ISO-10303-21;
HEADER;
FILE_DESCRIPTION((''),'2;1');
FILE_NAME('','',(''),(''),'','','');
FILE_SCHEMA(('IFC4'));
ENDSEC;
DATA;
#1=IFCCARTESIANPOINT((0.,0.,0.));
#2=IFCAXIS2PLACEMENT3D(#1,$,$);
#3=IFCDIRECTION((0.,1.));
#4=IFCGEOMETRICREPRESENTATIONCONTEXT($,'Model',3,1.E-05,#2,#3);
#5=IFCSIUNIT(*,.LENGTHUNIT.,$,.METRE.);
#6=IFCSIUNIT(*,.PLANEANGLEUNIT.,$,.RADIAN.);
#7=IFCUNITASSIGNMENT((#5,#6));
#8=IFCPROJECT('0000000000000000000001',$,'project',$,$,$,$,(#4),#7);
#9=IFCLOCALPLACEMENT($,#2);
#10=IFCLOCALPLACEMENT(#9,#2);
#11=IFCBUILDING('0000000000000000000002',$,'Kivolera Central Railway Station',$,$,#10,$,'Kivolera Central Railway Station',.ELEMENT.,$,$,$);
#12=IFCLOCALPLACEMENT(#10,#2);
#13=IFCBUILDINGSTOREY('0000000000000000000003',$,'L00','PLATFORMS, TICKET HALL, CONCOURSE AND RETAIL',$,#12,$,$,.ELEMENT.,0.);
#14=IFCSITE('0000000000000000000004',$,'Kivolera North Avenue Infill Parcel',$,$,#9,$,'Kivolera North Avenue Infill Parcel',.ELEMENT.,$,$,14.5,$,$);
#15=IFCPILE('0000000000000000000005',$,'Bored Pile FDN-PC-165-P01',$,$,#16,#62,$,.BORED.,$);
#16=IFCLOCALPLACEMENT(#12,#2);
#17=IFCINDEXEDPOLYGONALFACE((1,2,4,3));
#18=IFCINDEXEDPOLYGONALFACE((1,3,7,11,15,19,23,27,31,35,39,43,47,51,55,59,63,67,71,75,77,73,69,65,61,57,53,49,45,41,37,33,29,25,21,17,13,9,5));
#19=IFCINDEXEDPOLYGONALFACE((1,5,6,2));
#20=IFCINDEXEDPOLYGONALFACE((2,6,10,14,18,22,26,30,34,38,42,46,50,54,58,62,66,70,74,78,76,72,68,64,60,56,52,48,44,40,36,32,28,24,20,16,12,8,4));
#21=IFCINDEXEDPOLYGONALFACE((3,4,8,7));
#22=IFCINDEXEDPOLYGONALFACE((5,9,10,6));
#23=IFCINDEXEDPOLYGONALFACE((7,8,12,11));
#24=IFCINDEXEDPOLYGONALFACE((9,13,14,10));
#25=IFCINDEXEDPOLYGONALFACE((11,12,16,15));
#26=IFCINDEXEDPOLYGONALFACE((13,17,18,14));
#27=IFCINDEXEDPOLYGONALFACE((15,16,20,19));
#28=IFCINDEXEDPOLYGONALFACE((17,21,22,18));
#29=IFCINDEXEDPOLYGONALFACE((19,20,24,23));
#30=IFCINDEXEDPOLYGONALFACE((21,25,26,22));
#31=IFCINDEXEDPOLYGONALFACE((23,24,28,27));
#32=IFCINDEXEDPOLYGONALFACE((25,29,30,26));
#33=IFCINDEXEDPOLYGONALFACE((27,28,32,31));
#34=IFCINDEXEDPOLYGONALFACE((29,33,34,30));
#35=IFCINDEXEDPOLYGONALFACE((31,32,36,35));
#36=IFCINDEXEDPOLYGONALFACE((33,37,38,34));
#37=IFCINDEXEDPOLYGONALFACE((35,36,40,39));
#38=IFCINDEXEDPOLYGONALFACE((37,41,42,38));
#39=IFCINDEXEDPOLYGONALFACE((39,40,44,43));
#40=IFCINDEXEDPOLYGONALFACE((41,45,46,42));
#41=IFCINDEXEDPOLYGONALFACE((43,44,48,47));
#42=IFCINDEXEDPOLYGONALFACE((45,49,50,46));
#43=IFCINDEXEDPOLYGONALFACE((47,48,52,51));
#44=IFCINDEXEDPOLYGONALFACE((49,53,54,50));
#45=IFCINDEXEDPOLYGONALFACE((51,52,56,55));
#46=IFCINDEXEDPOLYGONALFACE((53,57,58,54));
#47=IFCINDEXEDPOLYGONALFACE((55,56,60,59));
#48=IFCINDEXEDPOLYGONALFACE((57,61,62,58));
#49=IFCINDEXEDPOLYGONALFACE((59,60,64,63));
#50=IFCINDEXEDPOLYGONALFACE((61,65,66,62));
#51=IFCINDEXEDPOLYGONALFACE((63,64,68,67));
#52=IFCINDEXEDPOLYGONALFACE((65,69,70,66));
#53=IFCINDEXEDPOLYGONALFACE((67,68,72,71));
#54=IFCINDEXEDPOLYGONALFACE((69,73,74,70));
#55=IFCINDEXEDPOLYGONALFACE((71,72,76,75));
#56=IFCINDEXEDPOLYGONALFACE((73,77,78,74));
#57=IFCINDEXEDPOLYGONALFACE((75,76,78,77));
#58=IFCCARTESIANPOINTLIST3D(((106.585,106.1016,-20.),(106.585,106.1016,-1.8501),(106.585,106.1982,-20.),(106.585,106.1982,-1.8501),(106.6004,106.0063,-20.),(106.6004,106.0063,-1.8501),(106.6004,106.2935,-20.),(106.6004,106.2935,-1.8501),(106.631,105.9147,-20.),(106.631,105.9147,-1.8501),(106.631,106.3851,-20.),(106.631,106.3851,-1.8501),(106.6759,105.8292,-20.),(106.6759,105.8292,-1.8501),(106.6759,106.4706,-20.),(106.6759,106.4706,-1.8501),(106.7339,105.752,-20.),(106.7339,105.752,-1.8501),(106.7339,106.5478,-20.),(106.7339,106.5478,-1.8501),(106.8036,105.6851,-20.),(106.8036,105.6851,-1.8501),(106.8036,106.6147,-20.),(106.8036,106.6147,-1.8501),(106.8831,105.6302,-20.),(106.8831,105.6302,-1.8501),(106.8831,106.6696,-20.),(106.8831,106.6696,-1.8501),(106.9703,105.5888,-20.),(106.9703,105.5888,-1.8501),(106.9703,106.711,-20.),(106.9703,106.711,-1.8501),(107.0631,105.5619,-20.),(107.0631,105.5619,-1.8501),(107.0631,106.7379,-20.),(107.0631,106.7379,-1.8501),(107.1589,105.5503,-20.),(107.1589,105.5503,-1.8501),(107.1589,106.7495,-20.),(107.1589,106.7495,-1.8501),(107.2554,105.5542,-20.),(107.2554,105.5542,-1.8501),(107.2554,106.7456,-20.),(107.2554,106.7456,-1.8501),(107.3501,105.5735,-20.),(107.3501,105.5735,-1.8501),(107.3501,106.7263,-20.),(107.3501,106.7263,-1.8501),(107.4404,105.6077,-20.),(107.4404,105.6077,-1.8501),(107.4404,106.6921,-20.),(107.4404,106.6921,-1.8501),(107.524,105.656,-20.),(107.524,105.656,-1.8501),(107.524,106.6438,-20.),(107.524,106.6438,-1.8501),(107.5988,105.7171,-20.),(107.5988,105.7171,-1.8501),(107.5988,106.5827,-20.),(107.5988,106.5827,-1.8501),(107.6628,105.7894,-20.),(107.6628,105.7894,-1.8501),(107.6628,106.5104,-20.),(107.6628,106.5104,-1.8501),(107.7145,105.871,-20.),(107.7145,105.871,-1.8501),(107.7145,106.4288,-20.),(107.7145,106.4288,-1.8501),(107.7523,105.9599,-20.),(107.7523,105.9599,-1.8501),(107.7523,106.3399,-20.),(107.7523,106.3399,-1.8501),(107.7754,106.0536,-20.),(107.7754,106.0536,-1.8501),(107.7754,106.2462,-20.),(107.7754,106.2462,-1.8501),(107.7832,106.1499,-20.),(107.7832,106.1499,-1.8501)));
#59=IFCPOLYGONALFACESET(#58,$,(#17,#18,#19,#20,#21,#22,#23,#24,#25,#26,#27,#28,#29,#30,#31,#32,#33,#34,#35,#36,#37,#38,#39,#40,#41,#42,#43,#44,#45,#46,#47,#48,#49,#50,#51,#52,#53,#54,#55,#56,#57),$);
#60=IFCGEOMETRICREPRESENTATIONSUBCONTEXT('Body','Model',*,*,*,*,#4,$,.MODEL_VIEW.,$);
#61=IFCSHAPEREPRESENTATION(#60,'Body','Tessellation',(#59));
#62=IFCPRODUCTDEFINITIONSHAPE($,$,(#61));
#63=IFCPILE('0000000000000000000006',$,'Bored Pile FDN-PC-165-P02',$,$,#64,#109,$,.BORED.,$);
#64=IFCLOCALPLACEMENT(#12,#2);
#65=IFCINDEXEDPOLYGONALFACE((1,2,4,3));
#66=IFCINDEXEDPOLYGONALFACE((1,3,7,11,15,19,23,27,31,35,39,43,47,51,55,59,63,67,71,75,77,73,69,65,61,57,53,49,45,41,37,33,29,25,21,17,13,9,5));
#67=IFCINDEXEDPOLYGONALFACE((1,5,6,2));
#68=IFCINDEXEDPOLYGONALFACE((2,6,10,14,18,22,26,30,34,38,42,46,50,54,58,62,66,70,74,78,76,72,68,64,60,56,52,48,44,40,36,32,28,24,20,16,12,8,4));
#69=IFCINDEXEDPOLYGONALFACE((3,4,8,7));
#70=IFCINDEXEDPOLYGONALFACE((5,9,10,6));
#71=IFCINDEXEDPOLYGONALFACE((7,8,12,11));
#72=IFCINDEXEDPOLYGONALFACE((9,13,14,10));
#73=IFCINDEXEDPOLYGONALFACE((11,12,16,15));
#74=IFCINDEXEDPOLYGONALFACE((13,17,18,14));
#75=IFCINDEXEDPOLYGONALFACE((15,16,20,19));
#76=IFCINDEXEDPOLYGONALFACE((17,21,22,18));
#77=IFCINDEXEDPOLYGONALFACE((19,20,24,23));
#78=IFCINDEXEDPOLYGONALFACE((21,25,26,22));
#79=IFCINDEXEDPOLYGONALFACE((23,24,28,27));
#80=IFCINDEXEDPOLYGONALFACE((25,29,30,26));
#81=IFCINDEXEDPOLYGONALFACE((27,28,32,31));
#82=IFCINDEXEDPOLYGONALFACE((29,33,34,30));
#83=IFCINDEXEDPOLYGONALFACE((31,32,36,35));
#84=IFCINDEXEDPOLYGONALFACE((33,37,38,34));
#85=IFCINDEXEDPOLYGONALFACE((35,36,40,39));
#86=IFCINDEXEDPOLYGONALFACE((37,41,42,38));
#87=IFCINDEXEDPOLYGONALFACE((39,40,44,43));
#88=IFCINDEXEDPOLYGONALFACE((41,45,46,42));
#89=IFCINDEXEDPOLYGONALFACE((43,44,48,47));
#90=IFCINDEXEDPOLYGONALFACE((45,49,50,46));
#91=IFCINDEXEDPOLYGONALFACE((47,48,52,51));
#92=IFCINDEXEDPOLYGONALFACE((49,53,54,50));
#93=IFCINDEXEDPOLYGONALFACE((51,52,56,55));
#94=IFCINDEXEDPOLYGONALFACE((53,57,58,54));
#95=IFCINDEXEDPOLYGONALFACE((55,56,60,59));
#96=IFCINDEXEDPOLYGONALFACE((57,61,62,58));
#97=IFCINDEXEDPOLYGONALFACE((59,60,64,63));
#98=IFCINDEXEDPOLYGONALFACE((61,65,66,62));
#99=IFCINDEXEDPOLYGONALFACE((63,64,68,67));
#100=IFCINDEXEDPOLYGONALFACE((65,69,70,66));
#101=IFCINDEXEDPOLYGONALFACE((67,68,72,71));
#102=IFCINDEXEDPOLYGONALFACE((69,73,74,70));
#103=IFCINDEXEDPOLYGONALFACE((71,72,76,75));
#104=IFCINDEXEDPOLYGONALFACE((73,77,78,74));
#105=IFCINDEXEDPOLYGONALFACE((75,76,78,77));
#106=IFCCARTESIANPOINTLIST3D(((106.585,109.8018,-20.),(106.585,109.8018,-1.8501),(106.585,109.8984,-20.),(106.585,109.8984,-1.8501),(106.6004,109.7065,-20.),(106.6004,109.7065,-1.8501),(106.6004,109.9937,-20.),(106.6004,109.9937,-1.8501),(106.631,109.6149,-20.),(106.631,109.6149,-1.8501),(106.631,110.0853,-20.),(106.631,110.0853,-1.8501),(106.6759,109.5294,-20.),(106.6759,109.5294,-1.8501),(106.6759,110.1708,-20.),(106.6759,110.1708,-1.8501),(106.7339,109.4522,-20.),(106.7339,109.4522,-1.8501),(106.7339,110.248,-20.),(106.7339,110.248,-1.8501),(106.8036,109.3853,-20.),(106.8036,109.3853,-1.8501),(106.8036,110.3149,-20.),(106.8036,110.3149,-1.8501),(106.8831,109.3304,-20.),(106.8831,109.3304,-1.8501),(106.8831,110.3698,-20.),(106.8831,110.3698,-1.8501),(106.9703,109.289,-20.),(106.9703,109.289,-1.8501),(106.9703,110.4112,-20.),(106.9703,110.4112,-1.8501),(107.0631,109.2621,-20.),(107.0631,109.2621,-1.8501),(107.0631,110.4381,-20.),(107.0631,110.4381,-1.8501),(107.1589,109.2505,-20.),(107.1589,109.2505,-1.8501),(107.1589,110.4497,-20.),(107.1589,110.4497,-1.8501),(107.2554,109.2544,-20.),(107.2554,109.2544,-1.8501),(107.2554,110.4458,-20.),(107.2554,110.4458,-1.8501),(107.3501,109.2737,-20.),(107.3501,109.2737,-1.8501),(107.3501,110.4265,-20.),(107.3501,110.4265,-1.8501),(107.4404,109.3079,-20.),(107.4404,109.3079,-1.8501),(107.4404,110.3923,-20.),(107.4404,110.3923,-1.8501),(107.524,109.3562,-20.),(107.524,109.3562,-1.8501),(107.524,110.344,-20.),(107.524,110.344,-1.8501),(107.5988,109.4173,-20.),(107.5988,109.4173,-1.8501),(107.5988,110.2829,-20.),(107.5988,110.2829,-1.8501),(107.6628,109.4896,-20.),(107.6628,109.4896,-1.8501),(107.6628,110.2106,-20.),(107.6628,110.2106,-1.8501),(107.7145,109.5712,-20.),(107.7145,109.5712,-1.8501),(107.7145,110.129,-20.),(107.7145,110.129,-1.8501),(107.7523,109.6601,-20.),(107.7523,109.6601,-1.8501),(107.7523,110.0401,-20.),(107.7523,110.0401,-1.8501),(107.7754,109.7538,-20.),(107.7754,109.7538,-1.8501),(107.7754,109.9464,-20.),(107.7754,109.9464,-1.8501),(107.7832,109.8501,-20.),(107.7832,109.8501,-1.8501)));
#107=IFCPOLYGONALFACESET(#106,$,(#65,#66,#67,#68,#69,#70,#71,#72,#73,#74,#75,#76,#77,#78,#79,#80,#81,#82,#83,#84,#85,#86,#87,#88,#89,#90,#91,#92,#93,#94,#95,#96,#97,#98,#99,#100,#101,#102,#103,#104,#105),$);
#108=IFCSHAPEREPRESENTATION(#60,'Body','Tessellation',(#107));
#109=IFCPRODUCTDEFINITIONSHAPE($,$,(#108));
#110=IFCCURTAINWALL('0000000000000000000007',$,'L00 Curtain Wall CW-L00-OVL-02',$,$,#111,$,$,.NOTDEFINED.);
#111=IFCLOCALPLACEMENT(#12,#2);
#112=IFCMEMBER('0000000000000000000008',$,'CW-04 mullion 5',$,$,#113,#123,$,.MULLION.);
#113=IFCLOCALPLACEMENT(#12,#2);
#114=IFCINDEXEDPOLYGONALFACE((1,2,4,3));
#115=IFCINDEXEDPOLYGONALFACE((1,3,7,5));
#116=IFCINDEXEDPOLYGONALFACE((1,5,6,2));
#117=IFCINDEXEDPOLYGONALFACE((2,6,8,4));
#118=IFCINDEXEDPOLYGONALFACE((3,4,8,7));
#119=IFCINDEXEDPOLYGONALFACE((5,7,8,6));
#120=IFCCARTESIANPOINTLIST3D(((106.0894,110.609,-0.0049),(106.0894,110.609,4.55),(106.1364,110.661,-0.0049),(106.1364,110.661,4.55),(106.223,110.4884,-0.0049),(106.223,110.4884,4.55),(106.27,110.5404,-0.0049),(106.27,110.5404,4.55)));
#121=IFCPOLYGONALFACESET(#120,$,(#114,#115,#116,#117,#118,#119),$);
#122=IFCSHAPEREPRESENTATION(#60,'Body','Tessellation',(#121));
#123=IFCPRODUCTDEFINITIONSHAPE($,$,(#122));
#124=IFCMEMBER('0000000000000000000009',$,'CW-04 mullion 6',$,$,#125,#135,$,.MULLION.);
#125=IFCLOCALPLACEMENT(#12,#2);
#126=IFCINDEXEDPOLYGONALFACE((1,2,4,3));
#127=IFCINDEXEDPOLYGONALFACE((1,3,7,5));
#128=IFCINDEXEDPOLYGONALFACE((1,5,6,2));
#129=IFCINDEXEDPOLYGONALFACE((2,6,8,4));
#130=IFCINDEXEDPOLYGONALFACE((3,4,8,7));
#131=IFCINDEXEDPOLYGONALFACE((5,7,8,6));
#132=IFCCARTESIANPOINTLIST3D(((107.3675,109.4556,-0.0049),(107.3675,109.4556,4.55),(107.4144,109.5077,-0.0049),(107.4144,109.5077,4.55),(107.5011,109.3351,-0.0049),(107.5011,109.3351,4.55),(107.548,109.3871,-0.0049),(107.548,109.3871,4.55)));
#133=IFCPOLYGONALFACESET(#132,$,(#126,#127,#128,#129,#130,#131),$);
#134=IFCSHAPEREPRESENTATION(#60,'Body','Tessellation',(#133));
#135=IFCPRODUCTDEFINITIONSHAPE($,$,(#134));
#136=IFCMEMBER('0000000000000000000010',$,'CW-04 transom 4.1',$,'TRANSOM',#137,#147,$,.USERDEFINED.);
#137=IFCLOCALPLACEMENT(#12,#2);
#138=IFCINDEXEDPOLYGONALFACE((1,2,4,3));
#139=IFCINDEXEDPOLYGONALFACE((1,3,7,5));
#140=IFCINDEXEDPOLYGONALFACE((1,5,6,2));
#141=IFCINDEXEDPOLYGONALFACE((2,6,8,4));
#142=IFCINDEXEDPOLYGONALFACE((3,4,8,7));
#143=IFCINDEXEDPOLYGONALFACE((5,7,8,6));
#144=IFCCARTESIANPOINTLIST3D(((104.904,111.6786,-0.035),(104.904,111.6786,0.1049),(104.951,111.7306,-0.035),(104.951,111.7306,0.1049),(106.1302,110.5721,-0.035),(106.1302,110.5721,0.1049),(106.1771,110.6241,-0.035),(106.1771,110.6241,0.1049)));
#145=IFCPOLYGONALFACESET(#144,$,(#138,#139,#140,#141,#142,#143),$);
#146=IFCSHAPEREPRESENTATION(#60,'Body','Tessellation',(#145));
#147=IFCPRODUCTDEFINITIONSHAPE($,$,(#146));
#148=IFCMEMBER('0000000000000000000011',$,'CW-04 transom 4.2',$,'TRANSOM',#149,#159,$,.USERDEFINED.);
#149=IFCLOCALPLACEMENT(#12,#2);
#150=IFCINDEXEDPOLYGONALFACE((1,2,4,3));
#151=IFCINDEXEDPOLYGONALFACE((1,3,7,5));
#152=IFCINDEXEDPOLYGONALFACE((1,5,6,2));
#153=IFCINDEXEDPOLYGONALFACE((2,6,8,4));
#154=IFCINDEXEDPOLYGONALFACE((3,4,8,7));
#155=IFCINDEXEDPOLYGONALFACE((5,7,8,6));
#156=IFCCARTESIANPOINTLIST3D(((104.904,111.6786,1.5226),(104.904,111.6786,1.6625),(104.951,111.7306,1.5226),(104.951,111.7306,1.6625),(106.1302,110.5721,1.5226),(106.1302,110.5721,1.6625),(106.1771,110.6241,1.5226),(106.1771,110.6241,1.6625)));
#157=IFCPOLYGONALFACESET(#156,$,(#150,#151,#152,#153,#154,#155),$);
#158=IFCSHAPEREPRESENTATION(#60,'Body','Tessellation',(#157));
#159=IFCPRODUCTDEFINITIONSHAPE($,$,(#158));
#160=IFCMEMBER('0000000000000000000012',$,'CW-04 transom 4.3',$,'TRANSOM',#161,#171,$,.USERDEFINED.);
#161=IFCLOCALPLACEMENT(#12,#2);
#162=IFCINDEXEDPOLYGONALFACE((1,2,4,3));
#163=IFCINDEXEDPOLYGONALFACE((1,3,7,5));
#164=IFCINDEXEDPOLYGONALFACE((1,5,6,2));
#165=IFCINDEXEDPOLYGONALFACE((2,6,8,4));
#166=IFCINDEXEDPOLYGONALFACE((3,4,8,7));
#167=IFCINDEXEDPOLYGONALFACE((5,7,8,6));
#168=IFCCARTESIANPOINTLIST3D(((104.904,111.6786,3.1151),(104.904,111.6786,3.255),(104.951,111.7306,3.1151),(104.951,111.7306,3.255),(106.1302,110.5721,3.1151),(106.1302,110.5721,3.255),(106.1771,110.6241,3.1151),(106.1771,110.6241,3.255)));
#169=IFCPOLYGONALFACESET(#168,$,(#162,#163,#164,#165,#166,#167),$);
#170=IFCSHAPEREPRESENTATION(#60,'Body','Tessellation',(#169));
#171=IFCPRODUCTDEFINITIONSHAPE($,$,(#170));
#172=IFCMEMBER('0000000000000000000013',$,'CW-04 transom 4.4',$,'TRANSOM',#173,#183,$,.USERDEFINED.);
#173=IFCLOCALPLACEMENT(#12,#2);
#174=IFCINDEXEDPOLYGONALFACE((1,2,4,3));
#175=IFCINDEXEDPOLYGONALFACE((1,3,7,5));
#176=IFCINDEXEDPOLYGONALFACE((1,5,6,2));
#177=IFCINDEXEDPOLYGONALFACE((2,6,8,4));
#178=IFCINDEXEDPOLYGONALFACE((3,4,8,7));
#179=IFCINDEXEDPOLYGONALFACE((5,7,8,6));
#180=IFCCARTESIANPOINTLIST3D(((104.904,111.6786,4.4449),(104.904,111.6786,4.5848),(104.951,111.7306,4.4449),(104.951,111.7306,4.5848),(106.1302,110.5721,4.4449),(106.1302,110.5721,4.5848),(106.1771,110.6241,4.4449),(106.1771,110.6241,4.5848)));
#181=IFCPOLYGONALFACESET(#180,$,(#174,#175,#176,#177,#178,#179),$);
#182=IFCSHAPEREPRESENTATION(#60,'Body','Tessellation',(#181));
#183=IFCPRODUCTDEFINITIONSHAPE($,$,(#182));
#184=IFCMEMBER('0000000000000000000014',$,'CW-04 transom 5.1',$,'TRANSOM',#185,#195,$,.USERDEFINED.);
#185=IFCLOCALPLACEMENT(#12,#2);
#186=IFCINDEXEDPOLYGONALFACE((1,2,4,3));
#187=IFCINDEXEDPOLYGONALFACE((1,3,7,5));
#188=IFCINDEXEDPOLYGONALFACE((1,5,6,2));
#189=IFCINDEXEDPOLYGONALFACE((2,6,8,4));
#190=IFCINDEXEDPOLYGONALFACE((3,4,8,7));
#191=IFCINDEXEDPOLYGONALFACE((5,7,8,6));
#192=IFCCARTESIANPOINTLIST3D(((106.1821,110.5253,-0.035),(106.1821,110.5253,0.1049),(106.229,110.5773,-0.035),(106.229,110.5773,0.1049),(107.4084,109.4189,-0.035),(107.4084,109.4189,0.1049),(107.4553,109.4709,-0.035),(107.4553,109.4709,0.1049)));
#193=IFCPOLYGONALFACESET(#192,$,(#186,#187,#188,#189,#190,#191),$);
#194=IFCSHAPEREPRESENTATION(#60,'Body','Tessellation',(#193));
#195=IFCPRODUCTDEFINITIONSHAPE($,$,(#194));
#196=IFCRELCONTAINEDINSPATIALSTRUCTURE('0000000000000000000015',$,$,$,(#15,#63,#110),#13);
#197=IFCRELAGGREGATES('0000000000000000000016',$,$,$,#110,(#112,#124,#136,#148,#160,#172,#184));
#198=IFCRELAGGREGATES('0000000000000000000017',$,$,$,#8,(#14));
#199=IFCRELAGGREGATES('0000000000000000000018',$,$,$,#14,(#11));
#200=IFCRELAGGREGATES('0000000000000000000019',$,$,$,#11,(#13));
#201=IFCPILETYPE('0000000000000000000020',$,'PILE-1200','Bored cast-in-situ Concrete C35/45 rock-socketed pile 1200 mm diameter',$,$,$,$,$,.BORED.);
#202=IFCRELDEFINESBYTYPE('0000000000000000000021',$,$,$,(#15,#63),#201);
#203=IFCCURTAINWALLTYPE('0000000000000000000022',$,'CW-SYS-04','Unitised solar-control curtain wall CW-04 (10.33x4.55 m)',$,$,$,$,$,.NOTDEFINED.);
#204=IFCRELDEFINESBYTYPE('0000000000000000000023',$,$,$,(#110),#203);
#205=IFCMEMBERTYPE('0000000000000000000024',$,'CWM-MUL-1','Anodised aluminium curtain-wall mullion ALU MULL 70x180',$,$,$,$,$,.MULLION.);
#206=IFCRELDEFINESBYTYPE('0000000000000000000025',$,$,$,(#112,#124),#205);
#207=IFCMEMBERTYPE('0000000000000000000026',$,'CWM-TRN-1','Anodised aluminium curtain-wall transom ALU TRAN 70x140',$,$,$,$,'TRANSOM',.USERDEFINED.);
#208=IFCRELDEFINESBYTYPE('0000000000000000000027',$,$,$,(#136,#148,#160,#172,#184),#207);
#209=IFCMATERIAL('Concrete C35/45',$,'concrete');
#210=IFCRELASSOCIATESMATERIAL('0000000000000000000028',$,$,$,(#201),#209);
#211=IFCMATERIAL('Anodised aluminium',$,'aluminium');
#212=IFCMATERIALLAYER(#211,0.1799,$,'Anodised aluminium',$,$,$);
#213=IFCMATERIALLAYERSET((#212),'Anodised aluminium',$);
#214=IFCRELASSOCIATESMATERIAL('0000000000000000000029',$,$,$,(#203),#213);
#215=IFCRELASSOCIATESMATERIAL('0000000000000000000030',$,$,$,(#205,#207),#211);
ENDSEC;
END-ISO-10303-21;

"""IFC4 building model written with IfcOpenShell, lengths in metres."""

from ifc_helpers import new_model, si_unit, direction, frame, origin, origin_2d, place, context, subcontext, project, spatial, rectangle, circle, extrude, material, layer, layer_set, material_profile, profile_set, type_object, element, aggregate, save


model = new_model("IFC4")

# Units and contexts
model_context = context("Model", 3, precision=1e-05, world=origin(), true_north=direction((0.0, 1.0)))
body_context = subcontext(model_context, "Body", "Model", "MODEL_VIEW")
ifc_project = project(units=[si_unit("LENGTHUNIT", "METRE"), si_unit("PLANEANGLEUNIT", "RADIAN")], contexts=[model_context])

# Site, building, storey
site_placement = place(None, origin())
site = spatial("IfcSite", under=ifc_project, at=site_placement, Name="Kivolera North Avenue Infill Parcel", LongName="Kivolera North Avenue Infill Parcel", CompositionType="ELEMENT", RefElevation=14.5)
building_placement = place(site_placement, origin())
building = spatial("IfcBuilding", under=site, at=building_placement, Name="Kivolera Central Railway Station", LongName="Kivolera Central Railway Station", CompositionType="ELEMENT")
storey_placement = place(building_placement, origin())
storey = spatial("IfcBuildingStorey", under=building, at=storey_placement, Name="L00", Description="PLATFORMS, TICKET HALL, CONCOURSE AND RETAIL", CompositionType="ELEMENT", Elevation=0.0)

# Piles
ifc_material_1 = material(Name="Concrete C35/45", Category="concrete")
ifc_material_profile_1 = material_profile(ifc_material_1, circle(Radius=0.6001, at=origin_2d()), Name="PILE D1200")
ifc_profile_set_1 = profile_set([ifc_material_profile_1], Name="Concrete C35/45")
pile_type = type_object("IfcPileType", Name="PILE-1200", Description="Bored cast-in-situ Concrete C35/45 rock-socketed pile 1200 mm diameter", PredefinedType="BORED", material=ifc_profile_set_1)
for number, where, z_axis, x_axis, name in (
    (1, (107.1831, 106.1499, -1.8501), (0.0, 0.0, -1.0), (1.0, 0.0, 0.0), "Bored Pile FDN-PC-165-P01"),
    (2, (107.1831, 109.8501, -1.8501), (0.0, 0.0, -1.0), (1.0, 0.0, 0.0), "Bored Pile FDN-PC-165-P02"),
):
    element("IfcPile", number, at=place(storey_placement, frame(where, z_axis=z_axis, x_axis=x_axis)), inside=storey, type_object=pile_type, Name=name, PredefinedType="BORED", context=body_context, shape_type="SweptSolid", body=[
        extrude(circle(Radius=0.6001, at=origin_2d()), origin(), (0.0, 0.0, 1.0), 18.1499),
    ])

# Curtain wall, members
ifc_material_2 = material(Name="Anodised aluminium", Category="aluminium")
ifc_layer_1 = layer(ifc_material_2, 0.1799, Name="Anodised aluminium")
ifc_layer_set_1 = layer_set([ifc_layer_1], Name="Anodised aluminium")
curtain_wall_type = type_object("IfcCurtainWallType", Name="CW-SYS-04", Description="Unitised solar-control curtain wall CW-04 (10.33x4.55 m)", PredefinedType="NOTDEFINED", material=ifc_layer_set_1)
curtain_wall_placement = place(storey_placement, origin())
curtain_wall = element("IfcCurtainWall", 3, at=curtain_wall_placement, inside=storey, type_object=curtain_wall_type, Name="L00 Curtain Wall CW-L00-OVL-02", PredefinedType="NOTDEFINED")
ifc_material_profile_2 = material_profile(ifc_material_2, rectangle(XDim=0.0701, YDim=0.1799, at=origin_2d()), Name="ALU MULL 70x180")
ifc_profile_set_2 = profile_set([ifc_material_profile_2], Name="Anodised aluminium")
member_type_1 = type_object("IfcMemberType", Name="CWM-MUL-1", Description="Anodised aluminium curtain-wall mullion ALU MULL 70x180", PredefinedType="MULLION", material=ifc_profile_set_2)
member_1_placement = place(storey_placement, frame((106.1797, 110.5747, -0.0049), z_axis=(0.0, 0.0, 1.0), x_axis=(0.669922, 0.742432, 0.0)))
member_1 = element("IfcMember", 4, at=member_1_placement, type_object=member_type_1, Name="CW-04 mullion 5", PredefinedType="MULLION", context=body_context, shape_type="SweptSolid", body=[
    extrude(rectangle(XDim=0.0701, YDim=0.1799, at=origin_2d()), origin(), (0.0, 0.0, 1.0), 4.5549),
])
member_2_placement = place(storey_placement, frame((107.4578, 109.4214, -0.0049), z_axis=(0.0, 0.0, 1.0), x_axis=(0.669922, 0.742432, 0.0)))
member_2 = element("IfcMember", 5, at=member_2_placement, type_object=member_type_1, Name="CW-04 mullion 6", PredefinedType="MULLION", context=body_context, shape_type="SweptSolid", body=[
    extrude(rectangle(XDim=0.0701, YDim=0.1799, at=origin_2d()), origin(), (0.0, 0.0, 1.0), 4.5549),
])
ifc_material_profile_3 = material_profile(ifc_material_2, rectangle(XDim=0.0701, YDim=0.1399, at=origin_2d()), Name="ALU TRAN 70x140")
ifc_profile_set_3 = profile_set([ifc_material_profile_3], Name="Anodised aluminium")
member_type_2 = type_object("IfcMemberType", Name="CWM-TRN-1", Description="Anodised aluminium curtain-wall transom ALU TRAN 70x140", ElementType="TRANSOM", PredefinedType="USERDEFINED", material=ifc_profile_set_3)
member_3_placement = place(storey_placement, frame((104.9275, 111.7046, 0.0349), z_axis=(0.742397, -0.669961, 0.0), x_axis=(0.669961, 0.742397, 0.0)))
member_3 = element("IfcMember", 6, at=member_3_placement, type_object=member_type_2, Name="CW-04 transom 4.1", ObjectType="TRANSOM", PredefinedType="USERDEFINED", context=body_context, shape_type="SweptSolid", body=[
    extrude(rectangle(XDim=0.0701, YDim=0.1399, at=origin_2d()), origin(), (0.0, 0.0, 1.0), 1.6516),
])
member_4_placement = place(storey_placement, frame((104.9275, 111.7046, 1.5925), z_axis=(0.742397, -0.669961, 0.0), x_axis=(0.669961, 0.742397, 0.0)))
member_4 = element("IfcMember", 7, at=member_4_placement, type_object=member_type_2, Name="CW-04 transom 4.2", ObjectType="TRANSOM", PredefinedType="USERDEFINED", context=body_context, shape_type="SweptSolid", body=[
    extrude(rectangle(XDim=0.0701, YDim=0.1399, at=origin_2d()), origin(), (0.0, 0.0, 1.0), 1.6516),
])
member_5_placement = place(storey_placement, frame((104.9275, 111.7046, 3.1851), z_axis=(0.742397, -0.669961, 0.0), x_axis=(0.669961, 0.742397, 0.0)))
member_5 = element("IfcMember", 8, at=member_5_placement, type_object=member_type_2, Name="CW-04 transom 4.3", ObjectType="TRANSOM", PredefinedType="USERDEFINED", context=body_context, shape_type="SweptSolid", body=[
    extrude(rectangle(XDim=0.0701, YDim=0.1399, at=origin_2d()), origin(), (0.0, 0.0, 1.0), 1.6516),
])
member_6_placement = place(storey_placement, frame((104.9275, 111.7046, 4.5149), z_axis=(0.742397, -0.669961, 0.0), x_axis=(0.669961, 0.742397, 0.0)))
member_6 = element("IfcMember", 9, at=member_6_placement, type_object=member_type_2, Name="CW-04 transom 4.4", ObjectType="TRANSOM", PredefinedType="USERDEFINED", context=body_context, shape_type="SweptSolid", body=[
    extrude(rectangle(XDim=0.0701, YDim=0.1399, at=origin_2d()), origin(), (0.0, 0.0, 1.0), 1.6516),
])
member_7_placement = place(storey_placement, frame((106.2056, 110.5513, 0.0349), z_axis=(0.742463, -0.669887, 0.0), x_axis=(0.669887, 0.742463, 0.0)))
member_7 = element("IfcMember", 10, at=member_7_placement, type_object=member_type_2, Name="CW-04 transom 5.1", ObjectType="TRANSOM", PredefinedType="USERDEFINED", context=body_context, shape_type="SweptSolid", body=[
    extrude(rectangle(XDim=0.0701, YDim=0.1399, at=origin_2d()), origin(), (0.0, 0.0, 1.0), 1.6516),
])
aggregate(curtain_wall, [member_1, member_2, member_3, member_4, member_5, member_6, member_7])

save(model, "model.ifc")
